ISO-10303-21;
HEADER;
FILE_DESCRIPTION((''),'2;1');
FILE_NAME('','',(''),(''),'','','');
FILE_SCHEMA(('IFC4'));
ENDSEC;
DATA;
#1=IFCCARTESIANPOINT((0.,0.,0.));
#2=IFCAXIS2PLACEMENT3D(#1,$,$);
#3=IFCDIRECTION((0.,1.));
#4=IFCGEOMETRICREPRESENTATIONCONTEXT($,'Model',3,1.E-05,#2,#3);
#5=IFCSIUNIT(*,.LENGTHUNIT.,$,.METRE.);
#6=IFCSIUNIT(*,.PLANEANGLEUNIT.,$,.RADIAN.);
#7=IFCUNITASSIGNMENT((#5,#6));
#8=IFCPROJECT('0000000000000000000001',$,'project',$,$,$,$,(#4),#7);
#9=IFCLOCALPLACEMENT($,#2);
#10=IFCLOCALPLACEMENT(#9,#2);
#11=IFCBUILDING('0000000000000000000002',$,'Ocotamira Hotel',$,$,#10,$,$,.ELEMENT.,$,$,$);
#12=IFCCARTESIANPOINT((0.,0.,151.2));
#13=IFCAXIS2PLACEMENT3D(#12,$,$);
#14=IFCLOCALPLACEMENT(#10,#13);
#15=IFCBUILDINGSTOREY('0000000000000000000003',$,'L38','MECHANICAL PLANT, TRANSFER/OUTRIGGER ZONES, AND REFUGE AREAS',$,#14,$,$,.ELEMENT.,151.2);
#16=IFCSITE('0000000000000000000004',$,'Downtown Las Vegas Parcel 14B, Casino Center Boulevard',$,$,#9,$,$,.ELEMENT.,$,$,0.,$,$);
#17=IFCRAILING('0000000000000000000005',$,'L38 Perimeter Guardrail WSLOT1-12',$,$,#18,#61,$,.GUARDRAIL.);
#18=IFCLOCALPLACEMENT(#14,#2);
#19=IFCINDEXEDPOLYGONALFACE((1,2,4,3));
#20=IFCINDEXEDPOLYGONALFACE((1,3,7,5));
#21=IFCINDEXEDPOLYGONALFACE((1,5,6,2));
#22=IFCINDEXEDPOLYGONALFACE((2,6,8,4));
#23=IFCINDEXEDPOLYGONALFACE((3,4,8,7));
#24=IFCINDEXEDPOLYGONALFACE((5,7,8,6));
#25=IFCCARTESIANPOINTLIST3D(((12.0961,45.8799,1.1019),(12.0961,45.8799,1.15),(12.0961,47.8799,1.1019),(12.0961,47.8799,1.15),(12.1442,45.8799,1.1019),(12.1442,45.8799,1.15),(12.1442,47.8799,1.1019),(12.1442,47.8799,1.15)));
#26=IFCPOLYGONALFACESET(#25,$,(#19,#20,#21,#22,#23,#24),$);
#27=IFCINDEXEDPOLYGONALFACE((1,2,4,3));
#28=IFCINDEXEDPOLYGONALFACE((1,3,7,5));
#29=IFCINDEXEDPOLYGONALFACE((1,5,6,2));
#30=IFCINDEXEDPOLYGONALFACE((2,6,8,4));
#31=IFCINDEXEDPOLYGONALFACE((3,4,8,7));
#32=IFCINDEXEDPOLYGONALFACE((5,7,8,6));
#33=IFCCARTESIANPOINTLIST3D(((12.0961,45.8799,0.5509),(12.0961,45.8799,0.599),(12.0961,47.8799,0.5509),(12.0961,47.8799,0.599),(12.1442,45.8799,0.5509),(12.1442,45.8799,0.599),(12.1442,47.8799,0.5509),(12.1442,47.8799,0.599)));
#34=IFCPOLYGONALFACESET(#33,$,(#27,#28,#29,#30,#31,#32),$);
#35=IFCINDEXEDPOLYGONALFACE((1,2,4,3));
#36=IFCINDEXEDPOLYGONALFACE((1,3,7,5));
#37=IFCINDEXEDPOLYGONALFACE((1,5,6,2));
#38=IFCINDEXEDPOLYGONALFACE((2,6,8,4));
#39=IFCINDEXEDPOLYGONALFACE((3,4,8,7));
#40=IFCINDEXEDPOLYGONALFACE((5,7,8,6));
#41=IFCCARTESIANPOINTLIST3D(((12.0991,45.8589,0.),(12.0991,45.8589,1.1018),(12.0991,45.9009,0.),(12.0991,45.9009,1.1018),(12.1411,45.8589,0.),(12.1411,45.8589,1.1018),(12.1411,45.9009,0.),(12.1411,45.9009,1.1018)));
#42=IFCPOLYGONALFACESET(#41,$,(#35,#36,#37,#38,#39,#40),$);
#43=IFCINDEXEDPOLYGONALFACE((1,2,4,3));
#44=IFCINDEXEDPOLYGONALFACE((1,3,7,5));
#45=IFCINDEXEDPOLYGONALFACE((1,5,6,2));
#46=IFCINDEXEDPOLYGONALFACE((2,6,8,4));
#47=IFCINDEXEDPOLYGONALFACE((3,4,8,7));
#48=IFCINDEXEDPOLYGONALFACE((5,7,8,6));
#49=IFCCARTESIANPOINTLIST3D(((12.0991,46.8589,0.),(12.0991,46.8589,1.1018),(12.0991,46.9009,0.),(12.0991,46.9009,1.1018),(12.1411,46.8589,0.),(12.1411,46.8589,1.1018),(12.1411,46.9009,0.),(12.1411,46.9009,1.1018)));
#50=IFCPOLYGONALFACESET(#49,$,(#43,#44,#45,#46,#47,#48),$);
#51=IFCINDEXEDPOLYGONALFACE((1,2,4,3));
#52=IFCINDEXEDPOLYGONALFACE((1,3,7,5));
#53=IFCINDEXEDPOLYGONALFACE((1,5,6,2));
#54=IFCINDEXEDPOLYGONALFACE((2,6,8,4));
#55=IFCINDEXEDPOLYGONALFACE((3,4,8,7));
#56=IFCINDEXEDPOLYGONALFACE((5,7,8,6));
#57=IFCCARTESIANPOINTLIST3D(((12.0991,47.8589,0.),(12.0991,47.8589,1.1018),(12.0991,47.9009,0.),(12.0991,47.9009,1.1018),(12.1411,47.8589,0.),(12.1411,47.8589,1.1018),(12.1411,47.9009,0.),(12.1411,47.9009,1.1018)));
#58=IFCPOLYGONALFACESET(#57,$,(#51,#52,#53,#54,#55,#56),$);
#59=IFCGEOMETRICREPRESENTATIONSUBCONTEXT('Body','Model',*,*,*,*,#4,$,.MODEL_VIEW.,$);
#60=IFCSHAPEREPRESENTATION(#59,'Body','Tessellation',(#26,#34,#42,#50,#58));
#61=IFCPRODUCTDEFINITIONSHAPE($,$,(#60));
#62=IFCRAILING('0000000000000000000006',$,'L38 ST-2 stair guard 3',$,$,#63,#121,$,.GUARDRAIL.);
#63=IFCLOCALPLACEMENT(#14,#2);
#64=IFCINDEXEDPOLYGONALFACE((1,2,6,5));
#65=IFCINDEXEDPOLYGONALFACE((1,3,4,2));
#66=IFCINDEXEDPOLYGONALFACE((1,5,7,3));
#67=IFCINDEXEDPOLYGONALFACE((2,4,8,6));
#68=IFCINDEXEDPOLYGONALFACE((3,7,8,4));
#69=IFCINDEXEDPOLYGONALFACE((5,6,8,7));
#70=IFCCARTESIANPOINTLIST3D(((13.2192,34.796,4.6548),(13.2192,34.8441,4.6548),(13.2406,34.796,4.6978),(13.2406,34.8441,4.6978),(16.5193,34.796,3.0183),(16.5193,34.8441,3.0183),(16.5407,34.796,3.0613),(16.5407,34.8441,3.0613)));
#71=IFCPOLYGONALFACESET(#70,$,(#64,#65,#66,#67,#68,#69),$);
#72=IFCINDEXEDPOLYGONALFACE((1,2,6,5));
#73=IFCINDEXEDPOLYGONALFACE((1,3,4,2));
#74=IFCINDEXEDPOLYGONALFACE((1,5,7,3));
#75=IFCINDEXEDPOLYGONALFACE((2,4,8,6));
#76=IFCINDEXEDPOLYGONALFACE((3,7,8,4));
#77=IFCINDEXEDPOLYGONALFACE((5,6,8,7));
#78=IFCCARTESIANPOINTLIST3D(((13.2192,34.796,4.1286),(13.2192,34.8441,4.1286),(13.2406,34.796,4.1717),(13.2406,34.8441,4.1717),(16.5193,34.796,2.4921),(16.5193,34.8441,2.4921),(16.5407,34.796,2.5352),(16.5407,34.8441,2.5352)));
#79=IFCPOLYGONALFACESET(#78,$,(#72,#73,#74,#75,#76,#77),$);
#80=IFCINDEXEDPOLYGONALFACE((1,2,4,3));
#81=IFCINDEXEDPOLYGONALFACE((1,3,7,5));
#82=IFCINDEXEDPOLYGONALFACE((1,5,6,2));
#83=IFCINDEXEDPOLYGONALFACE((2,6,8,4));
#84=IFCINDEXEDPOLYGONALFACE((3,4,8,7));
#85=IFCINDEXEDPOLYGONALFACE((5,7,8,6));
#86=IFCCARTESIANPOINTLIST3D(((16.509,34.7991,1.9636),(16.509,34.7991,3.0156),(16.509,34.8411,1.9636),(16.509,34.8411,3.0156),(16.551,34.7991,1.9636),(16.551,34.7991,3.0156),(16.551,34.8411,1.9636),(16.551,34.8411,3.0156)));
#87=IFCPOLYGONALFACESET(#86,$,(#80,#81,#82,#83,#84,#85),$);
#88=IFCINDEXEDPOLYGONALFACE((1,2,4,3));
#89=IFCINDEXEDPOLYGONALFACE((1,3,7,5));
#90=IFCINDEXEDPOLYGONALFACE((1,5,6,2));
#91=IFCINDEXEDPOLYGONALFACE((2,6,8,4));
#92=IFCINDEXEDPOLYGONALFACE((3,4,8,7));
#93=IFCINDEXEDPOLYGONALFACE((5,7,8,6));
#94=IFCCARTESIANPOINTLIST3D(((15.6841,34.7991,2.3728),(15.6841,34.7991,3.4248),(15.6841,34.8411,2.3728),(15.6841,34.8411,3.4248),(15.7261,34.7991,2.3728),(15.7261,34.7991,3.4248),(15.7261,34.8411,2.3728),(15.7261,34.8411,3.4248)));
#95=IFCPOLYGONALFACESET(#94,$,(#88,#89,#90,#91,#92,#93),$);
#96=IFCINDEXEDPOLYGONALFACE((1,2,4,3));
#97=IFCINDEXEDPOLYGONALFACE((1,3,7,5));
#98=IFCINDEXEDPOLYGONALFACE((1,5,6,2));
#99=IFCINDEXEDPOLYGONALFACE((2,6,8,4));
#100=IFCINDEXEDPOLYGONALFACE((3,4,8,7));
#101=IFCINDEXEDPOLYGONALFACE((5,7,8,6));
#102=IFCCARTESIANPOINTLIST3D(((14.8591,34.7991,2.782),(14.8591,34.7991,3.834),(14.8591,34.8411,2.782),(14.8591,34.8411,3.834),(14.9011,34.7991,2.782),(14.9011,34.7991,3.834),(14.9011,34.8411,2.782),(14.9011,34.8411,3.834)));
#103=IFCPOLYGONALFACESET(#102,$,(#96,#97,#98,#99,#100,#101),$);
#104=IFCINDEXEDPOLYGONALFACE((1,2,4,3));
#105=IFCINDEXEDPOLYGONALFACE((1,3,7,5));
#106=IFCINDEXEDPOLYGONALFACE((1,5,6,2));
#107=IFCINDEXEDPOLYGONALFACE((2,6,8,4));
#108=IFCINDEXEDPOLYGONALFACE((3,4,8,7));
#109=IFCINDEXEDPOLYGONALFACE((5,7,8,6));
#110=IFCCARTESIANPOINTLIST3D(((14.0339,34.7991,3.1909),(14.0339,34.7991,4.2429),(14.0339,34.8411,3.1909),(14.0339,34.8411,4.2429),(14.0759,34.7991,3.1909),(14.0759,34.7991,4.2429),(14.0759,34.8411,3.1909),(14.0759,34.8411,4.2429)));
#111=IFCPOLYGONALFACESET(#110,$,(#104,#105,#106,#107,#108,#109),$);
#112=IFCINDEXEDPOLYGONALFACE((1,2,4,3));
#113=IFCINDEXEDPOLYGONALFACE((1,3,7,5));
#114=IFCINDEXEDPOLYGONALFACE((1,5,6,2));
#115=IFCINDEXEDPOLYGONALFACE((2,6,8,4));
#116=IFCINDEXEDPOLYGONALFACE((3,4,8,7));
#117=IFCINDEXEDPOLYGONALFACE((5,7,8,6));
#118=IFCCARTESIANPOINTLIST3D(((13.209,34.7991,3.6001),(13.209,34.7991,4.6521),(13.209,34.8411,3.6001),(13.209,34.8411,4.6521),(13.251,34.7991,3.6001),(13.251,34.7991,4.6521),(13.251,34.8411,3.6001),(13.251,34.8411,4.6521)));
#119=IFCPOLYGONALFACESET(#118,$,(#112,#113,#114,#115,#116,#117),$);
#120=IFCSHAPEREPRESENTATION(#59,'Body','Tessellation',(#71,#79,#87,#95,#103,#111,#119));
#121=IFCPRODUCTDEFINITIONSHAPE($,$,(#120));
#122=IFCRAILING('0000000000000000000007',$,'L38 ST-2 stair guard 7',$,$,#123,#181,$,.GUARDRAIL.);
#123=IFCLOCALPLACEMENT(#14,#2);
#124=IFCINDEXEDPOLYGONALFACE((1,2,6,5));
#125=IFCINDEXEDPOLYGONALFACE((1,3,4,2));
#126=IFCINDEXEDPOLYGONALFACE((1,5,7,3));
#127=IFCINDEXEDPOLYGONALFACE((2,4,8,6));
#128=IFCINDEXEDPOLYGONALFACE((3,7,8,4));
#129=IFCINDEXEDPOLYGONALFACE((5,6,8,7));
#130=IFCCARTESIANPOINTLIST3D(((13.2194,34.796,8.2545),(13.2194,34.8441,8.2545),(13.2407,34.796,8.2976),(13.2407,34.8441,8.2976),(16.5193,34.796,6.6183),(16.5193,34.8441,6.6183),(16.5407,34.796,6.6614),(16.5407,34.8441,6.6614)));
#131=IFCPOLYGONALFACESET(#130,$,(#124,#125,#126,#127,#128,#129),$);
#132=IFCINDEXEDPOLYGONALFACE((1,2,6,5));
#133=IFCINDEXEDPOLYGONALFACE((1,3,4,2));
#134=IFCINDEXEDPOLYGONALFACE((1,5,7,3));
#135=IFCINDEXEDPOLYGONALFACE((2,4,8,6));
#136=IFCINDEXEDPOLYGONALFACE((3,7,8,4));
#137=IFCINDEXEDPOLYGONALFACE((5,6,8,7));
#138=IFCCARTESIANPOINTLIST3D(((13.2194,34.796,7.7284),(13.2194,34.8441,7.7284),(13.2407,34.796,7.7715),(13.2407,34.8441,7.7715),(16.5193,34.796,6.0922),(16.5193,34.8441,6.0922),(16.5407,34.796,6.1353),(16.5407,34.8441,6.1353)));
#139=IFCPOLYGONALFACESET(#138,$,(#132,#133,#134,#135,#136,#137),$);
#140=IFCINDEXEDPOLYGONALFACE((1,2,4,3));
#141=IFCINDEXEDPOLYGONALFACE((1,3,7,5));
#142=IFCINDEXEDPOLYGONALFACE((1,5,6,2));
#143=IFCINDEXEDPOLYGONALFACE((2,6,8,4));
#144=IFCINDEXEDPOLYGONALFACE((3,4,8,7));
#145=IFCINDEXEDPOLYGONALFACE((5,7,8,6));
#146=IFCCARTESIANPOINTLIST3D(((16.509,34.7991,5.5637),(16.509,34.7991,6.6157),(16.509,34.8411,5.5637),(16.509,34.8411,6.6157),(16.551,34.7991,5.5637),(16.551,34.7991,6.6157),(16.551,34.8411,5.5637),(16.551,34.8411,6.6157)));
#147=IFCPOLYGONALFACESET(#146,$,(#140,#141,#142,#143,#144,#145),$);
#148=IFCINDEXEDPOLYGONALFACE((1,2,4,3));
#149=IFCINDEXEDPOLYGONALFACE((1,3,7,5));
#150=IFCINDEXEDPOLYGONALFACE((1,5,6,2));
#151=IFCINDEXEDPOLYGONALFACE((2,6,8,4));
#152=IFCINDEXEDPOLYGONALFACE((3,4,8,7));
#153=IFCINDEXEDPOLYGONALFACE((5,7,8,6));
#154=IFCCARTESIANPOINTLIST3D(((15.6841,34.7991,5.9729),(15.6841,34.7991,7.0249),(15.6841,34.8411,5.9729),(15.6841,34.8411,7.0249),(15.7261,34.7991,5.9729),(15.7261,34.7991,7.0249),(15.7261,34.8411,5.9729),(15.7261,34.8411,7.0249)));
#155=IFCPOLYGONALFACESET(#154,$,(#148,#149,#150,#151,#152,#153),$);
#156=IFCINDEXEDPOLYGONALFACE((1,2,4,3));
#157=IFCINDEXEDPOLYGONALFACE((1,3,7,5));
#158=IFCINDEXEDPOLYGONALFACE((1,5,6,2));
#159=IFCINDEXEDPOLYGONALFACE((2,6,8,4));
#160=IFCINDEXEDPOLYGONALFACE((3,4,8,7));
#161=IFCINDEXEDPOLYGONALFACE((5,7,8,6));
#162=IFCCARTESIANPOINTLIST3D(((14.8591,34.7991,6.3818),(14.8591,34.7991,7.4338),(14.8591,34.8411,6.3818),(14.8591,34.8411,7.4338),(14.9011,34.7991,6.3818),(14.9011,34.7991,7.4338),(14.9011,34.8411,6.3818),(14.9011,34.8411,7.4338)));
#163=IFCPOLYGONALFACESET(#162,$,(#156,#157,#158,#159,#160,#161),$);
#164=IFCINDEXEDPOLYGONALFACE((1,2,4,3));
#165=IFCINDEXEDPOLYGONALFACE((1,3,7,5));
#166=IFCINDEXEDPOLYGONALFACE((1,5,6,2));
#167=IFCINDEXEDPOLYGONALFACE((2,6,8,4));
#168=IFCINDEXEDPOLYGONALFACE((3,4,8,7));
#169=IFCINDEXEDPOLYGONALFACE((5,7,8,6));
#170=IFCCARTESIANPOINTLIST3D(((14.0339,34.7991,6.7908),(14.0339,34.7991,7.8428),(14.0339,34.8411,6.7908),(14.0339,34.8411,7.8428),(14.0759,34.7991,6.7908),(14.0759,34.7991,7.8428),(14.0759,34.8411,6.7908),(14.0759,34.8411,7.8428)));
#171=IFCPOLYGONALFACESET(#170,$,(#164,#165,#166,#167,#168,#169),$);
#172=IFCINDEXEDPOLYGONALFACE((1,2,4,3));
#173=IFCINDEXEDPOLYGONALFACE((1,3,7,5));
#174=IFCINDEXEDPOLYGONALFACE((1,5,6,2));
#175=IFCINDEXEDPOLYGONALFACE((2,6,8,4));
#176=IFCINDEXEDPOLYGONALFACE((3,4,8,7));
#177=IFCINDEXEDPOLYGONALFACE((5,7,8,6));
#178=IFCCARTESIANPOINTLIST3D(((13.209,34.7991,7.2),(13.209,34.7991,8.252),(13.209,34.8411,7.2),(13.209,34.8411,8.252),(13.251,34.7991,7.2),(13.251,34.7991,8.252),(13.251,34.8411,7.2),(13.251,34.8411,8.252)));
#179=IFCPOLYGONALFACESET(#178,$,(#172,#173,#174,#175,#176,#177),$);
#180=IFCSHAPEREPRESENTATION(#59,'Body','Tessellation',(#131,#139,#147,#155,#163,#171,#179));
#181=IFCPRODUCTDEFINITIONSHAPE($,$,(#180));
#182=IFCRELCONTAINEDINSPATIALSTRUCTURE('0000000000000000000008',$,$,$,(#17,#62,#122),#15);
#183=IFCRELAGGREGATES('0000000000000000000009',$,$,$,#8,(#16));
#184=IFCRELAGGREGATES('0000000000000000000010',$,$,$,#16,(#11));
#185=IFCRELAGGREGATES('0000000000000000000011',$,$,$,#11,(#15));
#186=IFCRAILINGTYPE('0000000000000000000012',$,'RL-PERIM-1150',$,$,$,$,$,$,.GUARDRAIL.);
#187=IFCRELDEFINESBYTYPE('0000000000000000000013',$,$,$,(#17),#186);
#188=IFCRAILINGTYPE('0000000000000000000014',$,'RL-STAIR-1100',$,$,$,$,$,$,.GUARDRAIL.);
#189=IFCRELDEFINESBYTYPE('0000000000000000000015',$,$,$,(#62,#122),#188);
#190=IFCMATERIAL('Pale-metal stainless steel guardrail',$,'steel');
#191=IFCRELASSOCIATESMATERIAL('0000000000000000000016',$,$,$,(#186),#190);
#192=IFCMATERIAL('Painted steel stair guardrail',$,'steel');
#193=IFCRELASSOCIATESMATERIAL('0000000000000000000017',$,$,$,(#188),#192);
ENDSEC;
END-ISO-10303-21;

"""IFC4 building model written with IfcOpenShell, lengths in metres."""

from ifc_helpers import new_model, si_unit, direction, frame, origin, origin_2d, place, context, subcontext, project, spatial, rectangle, extrude, material, type_object, element, save


model = new_model("IFC4")

# Units and contexts
model_context = context("Model", 3, precision=1e-05, world=origin(), true_north=direction((0.0, 1.0)))
body_context = subcontext(model_context, "Body", "Model", "MODEL_VIEW")
ifc_project = project(units=[si_unit("LENGTHUNIT", "METRE"), si_unit("PLANEANGLEUNIT", "RADIAN")], contexts=[model_context])

# Site, building, storey
site_placement = place(None, origin())
site = spatial("IfcSite", under=ifc_project, at=site_placement, Name="Downtown Las Vegas Parcel 14B, Casino Center Boulevard", CompositionType="ELEMENT", RefElevation=0.0)
building_placement = place(site_placement, origin())
building = spatial("IfcBuilding", under=site, at=building_placement, Name="Ocotamira Hotel", CompositionType="ELEMENT")
storey_placement = place(building_placement, frame((0.0, 0.0, 151.2)))
storey = spatial("IfcBuildingStorey", under=building, at=storey_placement, Name="L38", Description="MECHANICAL PLANT, TRANSFER/OUTRIGGER ZONES, AND REFUGE AREAS", CompositionType="ELEMENT", Elevation=151.2)

# Railings
ifc_material_1 = material(Name="Pale-metal stainless steel guardrail", Category="steel")
railing_type_1 = type_object("IfcRailingType", Name="RL-PERIM-1150", PredefinedType="GUARDRAIL", material=ifc_material_1)
railing_1_placement = place(storey_placement, frame((12.1201, 45.8799, 0.0)))
element("IfcRailing", 1, at=railing_1_placement, inside=storey, type_object=railing_type_1, Name="L38 Perimeter Guardrail WSLOT1-12", PredefinedType="GUARDRAIL", context=body_context, shape_type="SweptSolid", body=[
    extrude(rectangle(XDim=0.0481, YDim=0.0481, at=origin_2d()), frame((0.0, 0.0, 1.126), z_axis=(0.0, 1.0, 0.0), x_axis=(-1.0, 0.0, 0.0)), (0.0, 0.0, 1.0), 2.0),
    extrude(rectangle(XDim=0.0481, YDim=0.0481, at=origin_2d()), frame((0.0, 0.0, 0.575), z_axis=(0.0, 1.0, 0.0), x_axis=(-1.0, 0.0, 0.0)), (0.0, 0.0, 1.0), 2.0),
    extrude(rectangle(XDim=0.042, YDim=0.042, at=origin_2d()), origin(), (0.0, 0.0, 1.0), 1.1018),
    extrude(rectangle(XDim=0.042, YDim=0.042, at=origin_2d()), frame((0.0, 1.0, 0.0)), (0.0, 0.0, 1.0), 1.1018),
    extrude(rectangle(XDim=0.042, YDim=0.042, at=origin_2d()), frame((0.0, 2.0, 0.0)), (0.0, 0.0, 1.0), 1.1018),
])
ifc_material_2 = material(Name="Painted steel stair guardrail", Category="steel")
railing_type_2 = type_object("IfcRailingType", Name="RL-STAIR-1100", PredefinedType="GUARDRAIL", material=ifc_material_2)
railing_2_placement = place(storey_placement, frame((16.53, 34.8201, 1.9636)))
element("IfcRailing", 2, at=railing_2_placement, inside=storey, type_object=railing_type_2, Name="L38 ST-2 stair guard 3", PredefinedType="GUARDRAIL", context=body_context, shape_type="SweptSolid", body=[
    extrude(rectangle(XDim=0.0481, YDim=0.0481, at=origin_2d()), frame((0.0, 0.0, 1.0762), z_axis=(-0.895894, 0.0, 0.444268), x_axis=(0.0, -1.0, 0.0)), (0.0, 0.0, 1.0), 3.6836),
    extrude(rectangle(XDim=0.0481, YDim=0.0481, at=origin_2d()), frame((0.0, 0.0, 0.55), z_axis=(-0.895894, 0.0, 0.444268), x_axis=(0.0, -1.0, 0.0)), (0.0, 0.0, 1.0), 3.6836),
    extrude(rectangle(XDim=0.042, YDim=0.042, at=origin_2d()), origin(), (0.0, 0.0, 1.0), 1.052),
    extrude(rectangle(XDim=0.042, YDim=0.042, at=origin_2d()), frame((-0.825, 0.0, 0.4092)), (0.0, 0.0, 1.0), 1.052),
    extrude(rectangle(XDim=0.042, YDim=0.042, at=origin_2d()), frame((-1.6499, 0.0, 0.8184)), (0.0, 0.0, 1.0), 1.052),
    extrude(rectangle(XDim=0.042, YDim=0.042, at=origin_2d()), frame((-2.4751, 0.0, 1.2273)), (0.0, 0.0, 1.0), 1.052),
    extrude(rectangle(XDim=0.042, YDim=0.042, at=origin_2d()), frame((-3.3, 0.0, 1.6365)), (0.0, 0.0, 1.0), 1.052),
])
railing_3_placement = place(storey_placement, frame((16.53, 34.8201, 5.5637)))
element("IfcRailing", 3, at=railing_3_placement, inside=storey, type_object=railing_type_2, Name="L38 ST-2 stair guard 7", PredefinedType="GUARDRAIL", context=body_context, shape_type="SweptSolid", body=[
    extrude(rectangle(XDim=0.0481, YDim=0.0481, at=origin_2d()), frame((0.0, 0.0, 1.0762), z_axis=(-0.89592, 0.0, 0.444215), x_axis=(0.0, -1.0, 0.0)), (0.0, 0.0, 1.0), 3.6833),
    extrude(rectangle(XDim=0.0481, YDim=0.0481, at=origin_2d()), frame((0.0, 0.0, 0.55), z_axis=(-0.89592, 0.0, 0.444215), x_axis=(0.0, -1.0, 0.0)), (0.0, 0.0, 1.0), 3.6833),
    extrude(rectangle(XDim=0.042, YDim=0.042, at=origin_2d()), origin(), (0.0, 0.0, 1.0), 1.052),
    extrude(rectangle(XDim=0.042, YDim=0.042, at=origin_2d()), frame((-0.825, 0.0, 0.4092)), (0.0, 0.0, 1.0), 1.052),
    extrude(rectangle(XDim=0.042, YDim=0.042, at=origin_2d()), frame((-1.6499, 0.0, 0.8181)), (0.0, 0.0, 1.0), 1.052),
    extrude(rectangle(XDim=0.042, YDim=0.042, at=origin_2d()), frame((-2.4751, 0.0, 1.2271)), (0.0, 0.0, 1.0), 1.052),
    extrude(rectangle(XDim=0.042, YDim=0.042, at=origin_2d()), frame((-3.3, 0.0, 1.6362)), (0.0, 0.0, 1.0), 1.052),
])

save(model, "model.ifc")
